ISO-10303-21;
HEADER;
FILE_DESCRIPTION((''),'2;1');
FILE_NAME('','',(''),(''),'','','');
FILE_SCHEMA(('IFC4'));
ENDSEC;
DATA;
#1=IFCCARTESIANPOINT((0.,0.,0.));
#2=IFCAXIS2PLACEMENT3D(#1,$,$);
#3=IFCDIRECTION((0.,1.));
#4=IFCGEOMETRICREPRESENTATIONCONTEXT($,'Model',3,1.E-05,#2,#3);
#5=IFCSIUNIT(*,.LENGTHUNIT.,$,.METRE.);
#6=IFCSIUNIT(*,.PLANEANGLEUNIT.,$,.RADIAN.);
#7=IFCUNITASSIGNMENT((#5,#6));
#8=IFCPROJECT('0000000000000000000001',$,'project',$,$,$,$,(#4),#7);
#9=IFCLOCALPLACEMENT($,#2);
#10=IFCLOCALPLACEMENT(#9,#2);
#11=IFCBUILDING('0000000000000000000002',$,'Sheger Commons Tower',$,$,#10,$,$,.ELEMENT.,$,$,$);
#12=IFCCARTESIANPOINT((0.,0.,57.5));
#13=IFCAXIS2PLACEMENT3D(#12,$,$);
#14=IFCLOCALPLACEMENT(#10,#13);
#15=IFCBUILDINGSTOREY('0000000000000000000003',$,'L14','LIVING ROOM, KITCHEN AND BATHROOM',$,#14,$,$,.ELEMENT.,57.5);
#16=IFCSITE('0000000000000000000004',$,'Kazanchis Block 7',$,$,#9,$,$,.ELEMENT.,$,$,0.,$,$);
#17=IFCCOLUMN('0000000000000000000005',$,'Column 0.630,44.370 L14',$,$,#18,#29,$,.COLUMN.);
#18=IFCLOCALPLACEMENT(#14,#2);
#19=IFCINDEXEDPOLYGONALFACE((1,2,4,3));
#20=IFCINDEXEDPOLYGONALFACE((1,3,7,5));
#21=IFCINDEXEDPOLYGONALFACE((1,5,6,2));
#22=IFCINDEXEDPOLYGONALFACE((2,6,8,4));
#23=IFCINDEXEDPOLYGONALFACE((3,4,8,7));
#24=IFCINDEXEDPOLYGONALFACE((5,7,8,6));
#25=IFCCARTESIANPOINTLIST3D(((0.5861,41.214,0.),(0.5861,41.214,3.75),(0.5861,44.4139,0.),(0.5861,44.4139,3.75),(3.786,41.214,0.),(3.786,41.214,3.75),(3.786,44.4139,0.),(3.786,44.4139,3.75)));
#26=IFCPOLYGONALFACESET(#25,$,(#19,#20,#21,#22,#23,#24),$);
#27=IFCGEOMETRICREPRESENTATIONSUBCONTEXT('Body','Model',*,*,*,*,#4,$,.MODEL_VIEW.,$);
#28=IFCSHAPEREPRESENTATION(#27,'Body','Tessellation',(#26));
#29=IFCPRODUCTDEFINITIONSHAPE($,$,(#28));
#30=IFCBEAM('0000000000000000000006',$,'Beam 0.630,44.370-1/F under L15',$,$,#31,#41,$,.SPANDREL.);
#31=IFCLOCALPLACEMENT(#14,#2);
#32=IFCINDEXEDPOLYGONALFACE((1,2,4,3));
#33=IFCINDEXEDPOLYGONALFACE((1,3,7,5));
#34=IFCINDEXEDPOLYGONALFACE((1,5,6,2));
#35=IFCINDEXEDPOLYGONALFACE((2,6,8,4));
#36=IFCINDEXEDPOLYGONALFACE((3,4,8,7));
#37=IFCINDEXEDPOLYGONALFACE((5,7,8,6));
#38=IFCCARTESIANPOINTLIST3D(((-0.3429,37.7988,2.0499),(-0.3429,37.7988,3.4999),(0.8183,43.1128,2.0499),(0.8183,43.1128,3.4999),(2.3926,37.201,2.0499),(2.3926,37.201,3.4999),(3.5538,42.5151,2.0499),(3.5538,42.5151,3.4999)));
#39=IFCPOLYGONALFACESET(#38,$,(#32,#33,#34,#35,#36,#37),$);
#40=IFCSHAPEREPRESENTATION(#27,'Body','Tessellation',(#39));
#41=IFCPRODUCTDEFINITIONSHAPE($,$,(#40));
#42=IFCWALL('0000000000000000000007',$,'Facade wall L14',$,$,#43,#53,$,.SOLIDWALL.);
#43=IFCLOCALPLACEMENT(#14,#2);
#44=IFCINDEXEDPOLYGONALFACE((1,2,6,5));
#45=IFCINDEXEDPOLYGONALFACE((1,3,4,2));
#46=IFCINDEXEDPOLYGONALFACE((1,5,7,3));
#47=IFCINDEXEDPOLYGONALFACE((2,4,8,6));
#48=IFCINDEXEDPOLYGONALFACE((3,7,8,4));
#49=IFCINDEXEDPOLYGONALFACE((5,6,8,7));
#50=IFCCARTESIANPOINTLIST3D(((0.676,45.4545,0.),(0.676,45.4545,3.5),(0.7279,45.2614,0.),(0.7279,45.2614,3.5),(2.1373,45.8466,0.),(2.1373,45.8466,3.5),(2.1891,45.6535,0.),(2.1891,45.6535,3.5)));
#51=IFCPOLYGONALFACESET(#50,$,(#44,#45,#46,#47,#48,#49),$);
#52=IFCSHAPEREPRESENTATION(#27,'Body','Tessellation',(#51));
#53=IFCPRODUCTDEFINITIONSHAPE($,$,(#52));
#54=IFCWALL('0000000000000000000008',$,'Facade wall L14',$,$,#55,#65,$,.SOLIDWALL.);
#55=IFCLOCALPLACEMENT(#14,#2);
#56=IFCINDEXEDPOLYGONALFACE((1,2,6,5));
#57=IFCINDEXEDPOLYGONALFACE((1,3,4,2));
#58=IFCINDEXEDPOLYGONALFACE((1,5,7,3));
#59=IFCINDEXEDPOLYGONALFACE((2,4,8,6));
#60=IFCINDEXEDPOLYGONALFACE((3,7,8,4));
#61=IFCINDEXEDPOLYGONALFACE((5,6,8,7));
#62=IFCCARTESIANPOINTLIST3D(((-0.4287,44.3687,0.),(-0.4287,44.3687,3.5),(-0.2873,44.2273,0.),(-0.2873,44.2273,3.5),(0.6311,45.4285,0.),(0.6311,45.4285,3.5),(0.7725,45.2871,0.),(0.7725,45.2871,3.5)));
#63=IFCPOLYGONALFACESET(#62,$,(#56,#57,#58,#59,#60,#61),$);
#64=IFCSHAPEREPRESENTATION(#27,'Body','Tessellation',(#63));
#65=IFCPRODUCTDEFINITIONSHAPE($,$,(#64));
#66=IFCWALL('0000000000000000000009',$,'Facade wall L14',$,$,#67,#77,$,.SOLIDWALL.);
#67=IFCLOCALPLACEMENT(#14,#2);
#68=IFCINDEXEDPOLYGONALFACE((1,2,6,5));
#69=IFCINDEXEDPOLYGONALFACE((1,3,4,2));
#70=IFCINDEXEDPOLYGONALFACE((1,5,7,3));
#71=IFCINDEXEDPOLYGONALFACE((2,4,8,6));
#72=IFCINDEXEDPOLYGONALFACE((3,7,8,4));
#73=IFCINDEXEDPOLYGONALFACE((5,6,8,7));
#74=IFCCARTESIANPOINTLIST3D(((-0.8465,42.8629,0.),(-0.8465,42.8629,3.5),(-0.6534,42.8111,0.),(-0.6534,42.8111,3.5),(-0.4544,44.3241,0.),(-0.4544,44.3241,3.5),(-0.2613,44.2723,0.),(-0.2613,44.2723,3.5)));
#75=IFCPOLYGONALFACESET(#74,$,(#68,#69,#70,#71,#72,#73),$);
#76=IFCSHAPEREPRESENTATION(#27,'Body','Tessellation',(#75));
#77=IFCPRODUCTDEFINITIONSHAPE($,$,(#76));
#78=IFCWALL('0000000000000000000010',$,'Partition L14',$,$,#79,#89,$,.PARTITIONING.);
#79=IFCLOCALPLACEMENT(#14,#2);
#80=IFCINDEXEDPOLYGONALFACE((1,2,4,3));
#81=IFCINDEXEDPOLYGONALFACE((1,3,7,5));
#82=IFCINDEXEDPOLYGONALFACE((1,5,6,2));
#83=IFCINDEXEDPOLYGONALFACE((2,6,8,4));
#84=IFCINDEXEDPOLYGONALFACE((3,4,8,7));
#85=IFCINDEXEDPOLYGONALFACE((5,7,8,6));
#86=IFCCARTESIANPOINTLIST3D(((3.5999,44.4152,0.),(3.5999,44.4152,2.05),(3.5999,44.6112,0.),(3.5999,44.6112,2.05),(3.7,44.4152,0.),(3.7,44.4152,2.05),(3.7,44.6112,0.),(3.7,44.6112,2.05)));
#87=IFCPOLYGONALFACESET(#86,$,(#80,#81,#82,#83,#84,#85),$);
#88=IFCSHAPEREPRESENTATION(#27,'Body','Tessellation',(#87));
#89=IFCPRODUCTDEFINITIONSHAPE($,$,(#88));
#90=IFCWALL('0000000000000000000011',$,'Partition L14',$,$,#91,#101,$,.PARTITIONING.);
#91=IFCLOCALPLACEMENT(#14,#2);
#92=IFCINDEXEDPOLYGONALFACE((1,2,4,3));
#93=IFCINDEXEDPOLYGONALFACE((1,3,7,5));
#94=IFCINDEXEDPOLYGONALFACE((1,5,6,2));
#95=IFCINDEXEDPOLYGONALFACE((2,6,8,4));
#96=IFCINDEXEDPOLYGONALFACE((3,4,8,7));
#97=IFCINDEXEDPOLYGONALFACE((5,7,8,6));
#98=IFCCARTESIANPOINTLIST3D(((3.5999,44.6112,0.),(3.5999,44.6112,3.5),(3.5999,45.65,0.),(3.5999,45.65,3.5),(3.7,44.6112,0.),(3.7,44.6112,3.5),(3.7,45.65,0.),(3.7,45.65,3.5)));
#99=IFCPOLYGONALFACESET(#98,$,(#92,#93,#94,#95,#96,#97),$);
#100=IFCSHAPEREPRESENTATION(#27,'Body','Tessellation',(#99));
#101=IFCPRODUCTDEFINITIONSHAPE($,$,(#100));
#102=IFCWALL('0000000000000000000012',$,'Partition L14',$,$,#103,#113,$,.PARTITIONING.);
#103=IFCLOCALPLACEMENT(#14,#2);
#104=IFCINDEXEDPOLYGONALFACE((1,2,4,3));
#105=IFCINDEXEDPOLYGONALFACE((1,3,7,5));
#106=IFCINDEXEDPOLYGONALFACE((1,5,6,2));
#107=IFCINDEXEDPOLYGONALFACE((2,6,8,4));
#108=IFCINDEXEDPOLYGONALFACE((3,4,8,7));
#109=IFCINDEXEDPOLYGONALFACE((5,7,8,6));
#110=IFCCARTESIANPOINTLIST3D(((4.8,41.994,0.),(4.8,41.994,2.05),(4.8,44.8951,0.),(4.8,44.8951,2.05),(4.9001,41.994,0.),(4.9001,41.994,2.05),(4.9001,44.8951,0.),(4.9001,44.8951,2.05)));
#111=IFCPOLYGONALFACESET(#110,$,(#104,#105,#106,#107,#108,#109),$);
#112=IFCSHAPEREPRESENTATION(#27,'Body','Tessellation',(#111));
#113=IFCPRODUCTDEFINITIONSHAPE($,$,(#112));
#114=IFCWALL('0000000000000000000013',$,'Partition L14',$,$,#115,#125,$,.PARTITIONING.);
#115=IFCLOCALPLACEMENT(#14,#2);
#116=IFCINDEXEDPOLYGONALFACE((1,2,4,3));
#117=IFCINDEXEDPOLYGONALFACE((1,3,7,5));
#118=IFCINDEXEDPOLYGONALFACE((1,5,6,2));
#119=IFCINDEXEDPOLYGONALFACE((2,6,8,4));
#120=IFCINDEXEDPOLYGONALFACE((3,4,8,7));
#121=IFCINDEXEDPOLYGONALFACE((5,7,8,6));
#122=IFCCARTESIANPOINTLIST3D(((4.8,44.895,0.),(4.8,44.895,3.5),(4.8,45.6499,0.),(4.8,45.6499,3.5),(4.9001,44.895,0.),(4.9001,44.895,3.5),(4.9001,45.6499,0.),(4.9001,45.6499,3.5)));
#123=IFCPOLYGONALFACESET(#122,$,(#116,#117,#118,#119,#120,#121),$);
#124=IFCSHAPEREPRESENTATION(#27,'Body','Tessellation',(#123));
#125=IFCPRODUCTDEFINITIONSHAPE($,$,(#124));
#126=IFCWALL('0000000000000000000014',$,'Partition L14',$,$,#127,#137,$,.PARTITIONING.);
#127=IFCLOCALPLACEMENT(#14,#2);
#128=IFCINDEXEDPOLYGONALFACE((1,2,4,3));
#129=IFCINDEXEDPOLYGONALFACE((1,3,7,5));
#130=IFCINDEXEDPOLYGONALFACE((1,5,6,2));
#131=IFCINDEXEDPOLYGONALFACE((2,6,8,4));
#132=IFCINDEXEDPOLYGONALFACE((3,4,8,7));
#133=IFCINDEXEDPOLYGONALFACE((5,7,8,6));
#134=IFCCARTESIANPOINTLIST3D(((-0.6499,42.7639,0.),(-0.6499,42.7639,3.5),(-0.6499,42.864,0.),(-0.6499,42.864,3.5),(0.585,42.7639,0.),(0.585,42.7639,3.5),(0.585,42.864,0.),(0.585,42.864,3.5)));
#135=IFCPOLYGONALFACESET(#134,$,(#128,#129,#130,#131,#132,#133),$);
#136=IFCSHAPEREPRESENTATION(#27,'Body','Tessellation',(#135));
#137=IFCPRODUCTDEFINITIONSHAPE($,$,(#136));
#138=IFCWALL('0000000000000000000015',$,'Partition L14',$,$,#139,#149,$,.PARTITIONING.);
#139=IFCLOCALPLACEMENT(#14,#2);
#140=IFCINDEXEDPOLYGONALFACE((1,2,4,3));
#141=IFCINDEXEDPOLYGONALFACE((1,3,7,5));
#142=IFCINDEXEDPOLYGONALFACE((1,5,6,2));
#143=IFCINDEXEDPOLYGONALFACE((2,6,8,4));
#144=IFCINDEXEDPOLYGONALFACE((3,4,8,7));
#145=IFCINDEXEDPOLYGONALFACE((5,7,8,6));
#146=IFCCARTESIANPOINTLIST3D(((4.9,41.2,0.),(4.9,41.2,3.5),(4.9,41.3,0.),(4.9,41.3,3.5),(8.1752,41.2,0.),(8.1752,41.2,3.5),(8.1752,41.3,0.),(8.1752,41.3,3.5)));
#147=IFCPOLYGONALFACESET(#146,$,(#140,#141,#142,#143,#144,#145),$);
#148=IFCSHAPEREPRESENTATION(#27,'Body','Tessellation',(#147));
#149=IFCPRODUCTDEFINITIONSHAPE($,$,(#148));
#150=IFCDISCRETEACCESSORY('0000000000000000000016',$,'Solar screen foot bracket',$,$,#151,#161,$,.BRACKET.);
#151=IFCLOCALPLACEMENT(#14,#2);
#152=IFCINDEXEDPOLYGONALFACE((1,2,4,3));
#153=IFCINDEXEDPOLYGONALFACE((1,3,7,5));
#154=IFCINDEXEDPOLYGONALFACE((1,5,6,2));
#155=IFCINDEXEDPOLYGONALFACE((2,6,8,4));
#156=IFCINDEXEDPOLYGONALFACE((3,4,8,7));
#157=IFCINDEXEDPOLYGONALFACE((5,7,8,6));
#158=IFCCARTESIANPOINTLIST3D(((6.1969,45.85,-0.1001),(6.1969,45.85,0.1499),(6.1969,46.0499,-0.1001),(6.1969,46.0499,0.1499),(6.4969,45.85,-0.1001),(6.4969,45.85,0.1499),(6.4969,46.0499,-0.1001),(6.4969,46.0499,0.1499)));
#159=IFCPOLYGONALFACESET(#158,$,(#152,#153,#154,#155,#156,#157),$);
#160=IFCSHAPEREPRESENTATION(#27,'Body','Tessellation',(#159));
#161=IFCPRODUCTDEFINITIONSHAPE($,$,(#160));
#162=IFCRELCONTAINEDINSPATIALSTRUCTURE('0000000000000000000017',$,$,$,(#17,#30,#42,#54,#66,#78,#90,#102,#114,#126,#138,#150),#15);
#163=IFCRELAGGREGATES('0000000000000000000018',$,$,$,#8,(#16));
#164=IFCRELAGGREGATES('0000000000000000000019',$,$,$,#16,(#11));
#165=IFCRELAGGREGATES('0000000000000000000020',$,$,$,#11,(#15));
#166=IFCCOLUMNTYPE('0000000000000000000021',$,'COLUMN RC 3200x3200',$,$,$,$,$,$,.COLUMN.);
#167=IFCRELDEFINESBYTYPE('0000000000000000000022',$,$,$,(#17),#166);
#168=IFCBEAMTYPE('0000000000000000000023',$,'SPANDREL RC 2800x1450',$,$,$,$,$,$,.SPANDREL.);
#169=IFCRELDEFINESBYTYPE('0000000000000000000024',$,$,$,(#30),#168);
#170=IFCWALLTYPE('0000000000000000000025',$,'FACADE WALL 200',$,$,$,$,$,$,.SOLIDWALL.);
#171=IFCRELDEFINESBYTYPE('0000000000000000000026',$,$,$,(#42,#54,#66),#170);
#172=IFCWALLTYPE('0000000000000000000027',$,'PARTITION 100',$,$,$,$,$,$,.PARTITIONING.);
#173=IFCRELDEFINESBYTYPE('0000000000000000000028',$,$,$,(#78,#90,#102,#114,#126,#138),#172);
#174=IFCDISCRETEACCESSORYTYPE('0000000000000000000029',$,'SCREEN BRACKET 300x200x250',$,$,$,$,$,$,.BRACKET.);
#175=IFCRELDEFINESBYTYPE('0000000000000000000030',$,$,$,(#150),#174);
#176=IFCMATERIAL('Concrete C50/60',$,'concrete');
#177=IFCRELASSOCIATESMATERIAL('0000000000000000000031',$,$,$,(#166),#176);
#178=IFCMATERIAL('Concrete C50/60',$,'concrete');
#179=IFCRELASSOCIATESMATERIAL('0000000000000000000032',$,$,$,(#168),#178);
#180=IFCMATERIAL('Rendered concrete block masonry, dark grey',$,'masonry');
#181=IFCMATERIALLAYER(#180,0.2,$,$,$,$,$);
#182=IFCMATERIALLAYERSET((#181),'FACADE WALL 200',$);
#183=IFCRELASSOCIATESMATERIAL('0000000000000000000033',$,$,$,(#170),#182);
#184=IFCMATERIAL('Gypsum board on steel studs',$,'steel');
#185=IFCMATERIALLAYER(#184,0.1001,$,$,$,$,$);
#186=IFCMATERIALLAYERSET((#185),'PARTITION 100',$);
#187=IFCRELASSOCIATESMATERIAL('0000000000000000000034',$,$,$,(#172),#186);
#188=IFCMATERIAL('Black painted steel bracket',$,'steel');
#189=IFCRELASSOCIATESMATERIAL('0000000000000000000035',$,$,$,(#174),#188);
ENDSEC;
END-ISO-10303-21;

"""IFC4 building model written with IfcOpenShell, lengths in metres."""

from ifc_helpers import new_model, si_unit, direction, frame, frame_2d, origin, origin_2d, place, context, subcontext, project, spatial, rectangle, extrude, material, layer, layer_set, material_profile, profile_set, type_object, element, save


model = new_model("IFC4")

# Units and contexts
model_context = context("Model", 3, precision=1e-05, world=origin(), true_north=direction((0.0, 1.0)))
body_context = subcontext(model_context, "Body", "Model", "MODEL_VIEW")
ifc_project = project(units=[si_unit("LENGTHUNIT", "METRE"), si_unit("PLANEANGLEUNIT", "RADIAN")], contexts=[model_context])

# Site, building, storey
site_placement = place(None, origin())
site = spatial("IfcSite", under=ifc_project, at=site_placement, Name="Kazanchis Block 7", CompositionType="ELEMENT", RefElevation=0.0)
building_placement = place(site_placement, origin())
building = spatial("IfcBuilding", under=site, at=building_placement, Name="Sheger Commons Tower", CompositionType="ELEMENT")
storey_placement = place(building_placement, frame((0.0, 0.0, 57.5)))
storey = spatial("IfcBuildingStorey", under=building, at=storey_placement, Name="L14", Description="LIVING ROOM, KITCHEN AND BATHROOM", CompositionType="ELEMENT", Elevation=57.5)

# Column
ifc_material_1 = material(Name="Concrete C50/60", Category="concrete")
ifc_material_profile_1 = material_profile(ifc_material_1, rectangle(XDim=3.2, YDim=3.2, at=origin_2d()), Name="RC 3200x3200")
ifc_profile_set_1 = profile_set([ifc_material_profile_1], Name="Concrete C50/60")
column_type = type_object("IfcColumnType", Name="COLUMN RC 3200x3200", PredefinedType="COLUMN", material=ifc_profile_set_1)
column_placement = place(storey_placement, frame((2.186, 42.814, 0.0), z_axis=(0.0, 0.0, 1.0), x_axis=(1.0, 0.0, 0.0)))
element("IfcColumn", 1, at=column_placement, inside=storey, type_object=column_type, Name="Column 0.630,44.370 L14", PredefinedType="COLUMN", context=body_context, shape_type="SweptSolid", body=[
    extrude(rectangle(XDim=3.2, YDim=3.2, at=origin_2d()), origin(), (0.0, 0.0, 1.0), 3.75),
])

# Beam
ifc_material_2 = material(Name="Concrete C50/60", Category="concrete")
ifc_material_profile_2 = material_profile(ifc_material_2, rectangle(XDim=2.8, YDim=1.45, at=origin_2d()), Name="RC 2800x1450")
ifc_profile_set_2 = profile_set([ifc_material_profile_2], Name="Concrete C50/60")
beam_type = type_object("IfcBeamType", Name="SPANDREL RC 2800x1450", PredefinedType="SPANDREL", material=ifc_profile_set_2)
beam_placement = place(storey_placement, frame((2.186, 42.814, 2.7749), z_axis=(-0.213469, -0.97695, 0.0), x_axis=(0.97695, -0.213469, 0.0)))
element("IfcBeam", 2, at=beam_placement, inside=storey, type_object=beam_type, Name="Beam 0.630,44.370-1/F under L15", PredefinedType="SPANDREL", context=body_context, shape_type="SweptSolid", body=[
    extrude(rectangle(XDim=2.8, YDim=1.45, at=origin_2d()), origin(), (0.0, 0.0, 1.0), 5.4395),
])

# Walls
ifc_material_3 = material(Name="Rendered concrete block masonry, dark grey", Category="masonry")
ifc_layer_1 = layer(ifc_material_3, 0.2)
ifc_layer_set_1 = layer_set([ifc_layer_1], Name="FACADE WALL 200")
wall_type_1 = type_object("IfcWallType", Name="FACADE WALL 200", PredefinedType="SOLIDWALL", material=ifc_layer_set_1)
wall_1_placement = place(storey_placement, frame((2.1631, 45.75, 0.0), z_axis=(0.0, 0.0, 1.0), x_axis=(-0.965832, -0.259169, 0.0)))
element("IfcWall", 3, at=wall_1_placement, inside=storey, type_object=wall_type_1, Name="Facade wall L14", PredefinedType="SOLIDWALL", context=body_context, shape_type="SweptSolid", body=[
    extrude(rectangle(XDim=1.5129, YDim=0.2, at=frame_2d((0.7563, 0.0))), origin(), (0.0, 0.0, 1.0), 3.5),
])
wall_2_placement = place(storey_placement, frame((0.7019, 45.3579, 0.0), z_axis=(0.0, 0.0, 1.0), x_axis=(-0.707107, -0.707107, 0.0)))
element("IfcWall", 4, at=wall_2_placement, inside=storey, type_object=wall_type_1, Name="Facade wall L14", PredefinedType="SOLIDWALL", context=body_context, shape_type="SweptSolid", body=[
    extrude(rectangle(XDim=1.4988, YDim=0.2, at=frame_2d((0.7495, 0.0))), origin(), (0.0, 0.0, 1.0), 3.5),
])
wall_3_placement = place(storey_placement, frame((-0.3579, 44.2981, 0.0), z_axis=(0.0, 0.0, 1.0), x_axis=(-0.259169, -0.965832, 0.0)))
element("IfcWall", 5, at=wall_3_placement, inside=storey, type_object=wall_type_1, Name="Facade wall L14", PredefinedType="SOLIDWALL", context=body_context, shape_type="SweptSolid", body=[
    extrude(rectangle(XDim=1.5129, YDim=0.2, at=frame_2d((0.7563, 0.0))), origin(), (0.0, 0.0, 1.0), 3.5),
])

# Walls
ifc_material_4 = material(Name="Gypsum board on steel studs", Category="steel")
ifc_layer_2 = layer(ifc_material_4, 0.1001)
ifc_layer_set_2 = layer_set([ifc_layer_2], Name="PARTITION 100")
wall_type_2 = type_object("IfcWallType", Name="PARTITION 100", PredefinedType="PARTITIONING", material=ifc_layer_set_2)
wall_4_placement = place(storey_placement, frame((3.6499, 44.415, 0.0), z_axis=(0.0, 0.0, 1.0), x_axis=(0.0, 1.0, 0.0)))
element("IfcWall", 6, at=wall_4_placement, inside=storey, type_object=wall_type_2, Name="Partition L14", PredefinedType="PARTITIONING", context=body_context, shape_type="SweptSolid", body=[
    extrude(rectangle(XDim=0.196, YDim=0.1001, at=frame_2d((0.0981, 0.0))), origin(), (0.0, 0.0, 1.0), 2.05),
])
wall_5_placement = place(storey_placement, frame((3.6499, 44.6111, 0.0), z_axis=(0.0, 0.0, 1.0), x_axis=(0.0, 1.0, 0.0)))
element("IfcWall", 7, at=wall_5_placement, inside=storey, type_object=wall_type_2, Name="Partition L14", PredefinedType="PARTITIONING", context=body_context, shape_type="SweptSolid", body=[
    extrude(rectangle(XDim=1.0388, YDim=0.1001, at=frame_2d((0.5195, 0.0))), origin(), (0.0, 0.0, 1.0), 3.5),
])
wall_6_placement = place(storey_placement, frame((4.8501, 41.9939, 0.0), z_axis=(0.0, 0.0, 1.0), x_axis=(0.0, 1.0, 0.0)))
element("IfcWall", 8, at=wall_6_placement, inside=storey, type_object=wall_type_2, Name="Partition L14", PredefinedType="PARTITIONING", context=body_context, shape_type="SweptSolid", body=[
    extrude(rectangle(XDim=2.9011, YDim=0.1001, at=frame_2d((1.4507, 0.0))), origin(), (0.0, 0.0, 1.0), 2.05),
])
wall_7_placement = place(storey_placement, frame((4.8501, 44.895, 0.0), z_axis=(0.0, 0.0, 1.0), x_axis=(0.0, 1.0, 0.0)))
element("IfcWall", 9, at=wall_7_placement, inside=storey, type_object=wall_type_2, Name="Partition L14", PredefinedType="PARTITIONING", context=body_context, shape_type="SweptSolid", body=[
    extrude(rectangle(XDim=0.7549, YDim=0.1001, at=frame_2d((0.3774, 0.0))), origin(), (0.0, 0.0, 1.0), 3.5),
])
wall_8_placement = place(storey_placement, frame((-0.6499, 42.814, 0.0), z_axis=(0.0, 0.0, 1.0), x_axis=(1.0, 0.0, 0.0)))
element("IfcWall", 10, at=wall_8_placement, inside=storey, type_object=wall_type_2, Name="Partition L14", PredefinedType="PARTITIONING", context=body_context, shape_type="SweptSolid", body=[
    extrude(rectangle(XDim=1.2349, YDim=0.1001, at=frame_2d((0.6174, 0.0))), origin(), (0.0, 0.0, 1.0), 3.5),
])
wall_9_placement = place(storey_placement, frame((4.8999, 41.25, 0.0), z_axis=(0.0, 0.0, 1.0), x_axis=(1.0, 0.0, 0.0)))
element("IfcWall", 11, at=wall_9_placement, inside=storey, type_object=wall_type_2, Name="Partition L14", PredefinedType="PARTITIONING", context=body_context, shape_type="SweptSolid", body=[
    extrude(rectangle(XDim=3.2751, YDim=0.1001, at=frame_2d((1.6377, 0.0))), origin(), (0.0, 0.0, 1.0), 3.5),
])

# Discrete accessory
ifc_material_5 = material(Name="Black painted steel bracket", Category="steel")
discrete_accessory_type = type_object("IfcDiscreteAccessoryType", Name="SCREEN BRACKET 300x200x250", PredefinedType="BRACKET", material=ifc_material_5)
discrete_accessory_placement = place(storey_placement, frame((6.3469, 45.95, -0.1001), z_axis=(0.0, 0.0, 1.0), x_axis=(-1.0, 0.0, 0.0)))
element("IfcDiscreteAccessory", 12, at=discrete_accessory_placement, inside=storey, type_object=discrete_accessory_type, Name="Solar screen foot bracket", PredefinedType="BRACKET", context=body_context, shape_type="SweptSolid", body=[
    extrude(rectangle(XDim=0.3, YDim=0.2, at=origin_2d()), origin(), (0.0, 0.0, 1.0), 0.25),
])

save(model, "model.ifc")
